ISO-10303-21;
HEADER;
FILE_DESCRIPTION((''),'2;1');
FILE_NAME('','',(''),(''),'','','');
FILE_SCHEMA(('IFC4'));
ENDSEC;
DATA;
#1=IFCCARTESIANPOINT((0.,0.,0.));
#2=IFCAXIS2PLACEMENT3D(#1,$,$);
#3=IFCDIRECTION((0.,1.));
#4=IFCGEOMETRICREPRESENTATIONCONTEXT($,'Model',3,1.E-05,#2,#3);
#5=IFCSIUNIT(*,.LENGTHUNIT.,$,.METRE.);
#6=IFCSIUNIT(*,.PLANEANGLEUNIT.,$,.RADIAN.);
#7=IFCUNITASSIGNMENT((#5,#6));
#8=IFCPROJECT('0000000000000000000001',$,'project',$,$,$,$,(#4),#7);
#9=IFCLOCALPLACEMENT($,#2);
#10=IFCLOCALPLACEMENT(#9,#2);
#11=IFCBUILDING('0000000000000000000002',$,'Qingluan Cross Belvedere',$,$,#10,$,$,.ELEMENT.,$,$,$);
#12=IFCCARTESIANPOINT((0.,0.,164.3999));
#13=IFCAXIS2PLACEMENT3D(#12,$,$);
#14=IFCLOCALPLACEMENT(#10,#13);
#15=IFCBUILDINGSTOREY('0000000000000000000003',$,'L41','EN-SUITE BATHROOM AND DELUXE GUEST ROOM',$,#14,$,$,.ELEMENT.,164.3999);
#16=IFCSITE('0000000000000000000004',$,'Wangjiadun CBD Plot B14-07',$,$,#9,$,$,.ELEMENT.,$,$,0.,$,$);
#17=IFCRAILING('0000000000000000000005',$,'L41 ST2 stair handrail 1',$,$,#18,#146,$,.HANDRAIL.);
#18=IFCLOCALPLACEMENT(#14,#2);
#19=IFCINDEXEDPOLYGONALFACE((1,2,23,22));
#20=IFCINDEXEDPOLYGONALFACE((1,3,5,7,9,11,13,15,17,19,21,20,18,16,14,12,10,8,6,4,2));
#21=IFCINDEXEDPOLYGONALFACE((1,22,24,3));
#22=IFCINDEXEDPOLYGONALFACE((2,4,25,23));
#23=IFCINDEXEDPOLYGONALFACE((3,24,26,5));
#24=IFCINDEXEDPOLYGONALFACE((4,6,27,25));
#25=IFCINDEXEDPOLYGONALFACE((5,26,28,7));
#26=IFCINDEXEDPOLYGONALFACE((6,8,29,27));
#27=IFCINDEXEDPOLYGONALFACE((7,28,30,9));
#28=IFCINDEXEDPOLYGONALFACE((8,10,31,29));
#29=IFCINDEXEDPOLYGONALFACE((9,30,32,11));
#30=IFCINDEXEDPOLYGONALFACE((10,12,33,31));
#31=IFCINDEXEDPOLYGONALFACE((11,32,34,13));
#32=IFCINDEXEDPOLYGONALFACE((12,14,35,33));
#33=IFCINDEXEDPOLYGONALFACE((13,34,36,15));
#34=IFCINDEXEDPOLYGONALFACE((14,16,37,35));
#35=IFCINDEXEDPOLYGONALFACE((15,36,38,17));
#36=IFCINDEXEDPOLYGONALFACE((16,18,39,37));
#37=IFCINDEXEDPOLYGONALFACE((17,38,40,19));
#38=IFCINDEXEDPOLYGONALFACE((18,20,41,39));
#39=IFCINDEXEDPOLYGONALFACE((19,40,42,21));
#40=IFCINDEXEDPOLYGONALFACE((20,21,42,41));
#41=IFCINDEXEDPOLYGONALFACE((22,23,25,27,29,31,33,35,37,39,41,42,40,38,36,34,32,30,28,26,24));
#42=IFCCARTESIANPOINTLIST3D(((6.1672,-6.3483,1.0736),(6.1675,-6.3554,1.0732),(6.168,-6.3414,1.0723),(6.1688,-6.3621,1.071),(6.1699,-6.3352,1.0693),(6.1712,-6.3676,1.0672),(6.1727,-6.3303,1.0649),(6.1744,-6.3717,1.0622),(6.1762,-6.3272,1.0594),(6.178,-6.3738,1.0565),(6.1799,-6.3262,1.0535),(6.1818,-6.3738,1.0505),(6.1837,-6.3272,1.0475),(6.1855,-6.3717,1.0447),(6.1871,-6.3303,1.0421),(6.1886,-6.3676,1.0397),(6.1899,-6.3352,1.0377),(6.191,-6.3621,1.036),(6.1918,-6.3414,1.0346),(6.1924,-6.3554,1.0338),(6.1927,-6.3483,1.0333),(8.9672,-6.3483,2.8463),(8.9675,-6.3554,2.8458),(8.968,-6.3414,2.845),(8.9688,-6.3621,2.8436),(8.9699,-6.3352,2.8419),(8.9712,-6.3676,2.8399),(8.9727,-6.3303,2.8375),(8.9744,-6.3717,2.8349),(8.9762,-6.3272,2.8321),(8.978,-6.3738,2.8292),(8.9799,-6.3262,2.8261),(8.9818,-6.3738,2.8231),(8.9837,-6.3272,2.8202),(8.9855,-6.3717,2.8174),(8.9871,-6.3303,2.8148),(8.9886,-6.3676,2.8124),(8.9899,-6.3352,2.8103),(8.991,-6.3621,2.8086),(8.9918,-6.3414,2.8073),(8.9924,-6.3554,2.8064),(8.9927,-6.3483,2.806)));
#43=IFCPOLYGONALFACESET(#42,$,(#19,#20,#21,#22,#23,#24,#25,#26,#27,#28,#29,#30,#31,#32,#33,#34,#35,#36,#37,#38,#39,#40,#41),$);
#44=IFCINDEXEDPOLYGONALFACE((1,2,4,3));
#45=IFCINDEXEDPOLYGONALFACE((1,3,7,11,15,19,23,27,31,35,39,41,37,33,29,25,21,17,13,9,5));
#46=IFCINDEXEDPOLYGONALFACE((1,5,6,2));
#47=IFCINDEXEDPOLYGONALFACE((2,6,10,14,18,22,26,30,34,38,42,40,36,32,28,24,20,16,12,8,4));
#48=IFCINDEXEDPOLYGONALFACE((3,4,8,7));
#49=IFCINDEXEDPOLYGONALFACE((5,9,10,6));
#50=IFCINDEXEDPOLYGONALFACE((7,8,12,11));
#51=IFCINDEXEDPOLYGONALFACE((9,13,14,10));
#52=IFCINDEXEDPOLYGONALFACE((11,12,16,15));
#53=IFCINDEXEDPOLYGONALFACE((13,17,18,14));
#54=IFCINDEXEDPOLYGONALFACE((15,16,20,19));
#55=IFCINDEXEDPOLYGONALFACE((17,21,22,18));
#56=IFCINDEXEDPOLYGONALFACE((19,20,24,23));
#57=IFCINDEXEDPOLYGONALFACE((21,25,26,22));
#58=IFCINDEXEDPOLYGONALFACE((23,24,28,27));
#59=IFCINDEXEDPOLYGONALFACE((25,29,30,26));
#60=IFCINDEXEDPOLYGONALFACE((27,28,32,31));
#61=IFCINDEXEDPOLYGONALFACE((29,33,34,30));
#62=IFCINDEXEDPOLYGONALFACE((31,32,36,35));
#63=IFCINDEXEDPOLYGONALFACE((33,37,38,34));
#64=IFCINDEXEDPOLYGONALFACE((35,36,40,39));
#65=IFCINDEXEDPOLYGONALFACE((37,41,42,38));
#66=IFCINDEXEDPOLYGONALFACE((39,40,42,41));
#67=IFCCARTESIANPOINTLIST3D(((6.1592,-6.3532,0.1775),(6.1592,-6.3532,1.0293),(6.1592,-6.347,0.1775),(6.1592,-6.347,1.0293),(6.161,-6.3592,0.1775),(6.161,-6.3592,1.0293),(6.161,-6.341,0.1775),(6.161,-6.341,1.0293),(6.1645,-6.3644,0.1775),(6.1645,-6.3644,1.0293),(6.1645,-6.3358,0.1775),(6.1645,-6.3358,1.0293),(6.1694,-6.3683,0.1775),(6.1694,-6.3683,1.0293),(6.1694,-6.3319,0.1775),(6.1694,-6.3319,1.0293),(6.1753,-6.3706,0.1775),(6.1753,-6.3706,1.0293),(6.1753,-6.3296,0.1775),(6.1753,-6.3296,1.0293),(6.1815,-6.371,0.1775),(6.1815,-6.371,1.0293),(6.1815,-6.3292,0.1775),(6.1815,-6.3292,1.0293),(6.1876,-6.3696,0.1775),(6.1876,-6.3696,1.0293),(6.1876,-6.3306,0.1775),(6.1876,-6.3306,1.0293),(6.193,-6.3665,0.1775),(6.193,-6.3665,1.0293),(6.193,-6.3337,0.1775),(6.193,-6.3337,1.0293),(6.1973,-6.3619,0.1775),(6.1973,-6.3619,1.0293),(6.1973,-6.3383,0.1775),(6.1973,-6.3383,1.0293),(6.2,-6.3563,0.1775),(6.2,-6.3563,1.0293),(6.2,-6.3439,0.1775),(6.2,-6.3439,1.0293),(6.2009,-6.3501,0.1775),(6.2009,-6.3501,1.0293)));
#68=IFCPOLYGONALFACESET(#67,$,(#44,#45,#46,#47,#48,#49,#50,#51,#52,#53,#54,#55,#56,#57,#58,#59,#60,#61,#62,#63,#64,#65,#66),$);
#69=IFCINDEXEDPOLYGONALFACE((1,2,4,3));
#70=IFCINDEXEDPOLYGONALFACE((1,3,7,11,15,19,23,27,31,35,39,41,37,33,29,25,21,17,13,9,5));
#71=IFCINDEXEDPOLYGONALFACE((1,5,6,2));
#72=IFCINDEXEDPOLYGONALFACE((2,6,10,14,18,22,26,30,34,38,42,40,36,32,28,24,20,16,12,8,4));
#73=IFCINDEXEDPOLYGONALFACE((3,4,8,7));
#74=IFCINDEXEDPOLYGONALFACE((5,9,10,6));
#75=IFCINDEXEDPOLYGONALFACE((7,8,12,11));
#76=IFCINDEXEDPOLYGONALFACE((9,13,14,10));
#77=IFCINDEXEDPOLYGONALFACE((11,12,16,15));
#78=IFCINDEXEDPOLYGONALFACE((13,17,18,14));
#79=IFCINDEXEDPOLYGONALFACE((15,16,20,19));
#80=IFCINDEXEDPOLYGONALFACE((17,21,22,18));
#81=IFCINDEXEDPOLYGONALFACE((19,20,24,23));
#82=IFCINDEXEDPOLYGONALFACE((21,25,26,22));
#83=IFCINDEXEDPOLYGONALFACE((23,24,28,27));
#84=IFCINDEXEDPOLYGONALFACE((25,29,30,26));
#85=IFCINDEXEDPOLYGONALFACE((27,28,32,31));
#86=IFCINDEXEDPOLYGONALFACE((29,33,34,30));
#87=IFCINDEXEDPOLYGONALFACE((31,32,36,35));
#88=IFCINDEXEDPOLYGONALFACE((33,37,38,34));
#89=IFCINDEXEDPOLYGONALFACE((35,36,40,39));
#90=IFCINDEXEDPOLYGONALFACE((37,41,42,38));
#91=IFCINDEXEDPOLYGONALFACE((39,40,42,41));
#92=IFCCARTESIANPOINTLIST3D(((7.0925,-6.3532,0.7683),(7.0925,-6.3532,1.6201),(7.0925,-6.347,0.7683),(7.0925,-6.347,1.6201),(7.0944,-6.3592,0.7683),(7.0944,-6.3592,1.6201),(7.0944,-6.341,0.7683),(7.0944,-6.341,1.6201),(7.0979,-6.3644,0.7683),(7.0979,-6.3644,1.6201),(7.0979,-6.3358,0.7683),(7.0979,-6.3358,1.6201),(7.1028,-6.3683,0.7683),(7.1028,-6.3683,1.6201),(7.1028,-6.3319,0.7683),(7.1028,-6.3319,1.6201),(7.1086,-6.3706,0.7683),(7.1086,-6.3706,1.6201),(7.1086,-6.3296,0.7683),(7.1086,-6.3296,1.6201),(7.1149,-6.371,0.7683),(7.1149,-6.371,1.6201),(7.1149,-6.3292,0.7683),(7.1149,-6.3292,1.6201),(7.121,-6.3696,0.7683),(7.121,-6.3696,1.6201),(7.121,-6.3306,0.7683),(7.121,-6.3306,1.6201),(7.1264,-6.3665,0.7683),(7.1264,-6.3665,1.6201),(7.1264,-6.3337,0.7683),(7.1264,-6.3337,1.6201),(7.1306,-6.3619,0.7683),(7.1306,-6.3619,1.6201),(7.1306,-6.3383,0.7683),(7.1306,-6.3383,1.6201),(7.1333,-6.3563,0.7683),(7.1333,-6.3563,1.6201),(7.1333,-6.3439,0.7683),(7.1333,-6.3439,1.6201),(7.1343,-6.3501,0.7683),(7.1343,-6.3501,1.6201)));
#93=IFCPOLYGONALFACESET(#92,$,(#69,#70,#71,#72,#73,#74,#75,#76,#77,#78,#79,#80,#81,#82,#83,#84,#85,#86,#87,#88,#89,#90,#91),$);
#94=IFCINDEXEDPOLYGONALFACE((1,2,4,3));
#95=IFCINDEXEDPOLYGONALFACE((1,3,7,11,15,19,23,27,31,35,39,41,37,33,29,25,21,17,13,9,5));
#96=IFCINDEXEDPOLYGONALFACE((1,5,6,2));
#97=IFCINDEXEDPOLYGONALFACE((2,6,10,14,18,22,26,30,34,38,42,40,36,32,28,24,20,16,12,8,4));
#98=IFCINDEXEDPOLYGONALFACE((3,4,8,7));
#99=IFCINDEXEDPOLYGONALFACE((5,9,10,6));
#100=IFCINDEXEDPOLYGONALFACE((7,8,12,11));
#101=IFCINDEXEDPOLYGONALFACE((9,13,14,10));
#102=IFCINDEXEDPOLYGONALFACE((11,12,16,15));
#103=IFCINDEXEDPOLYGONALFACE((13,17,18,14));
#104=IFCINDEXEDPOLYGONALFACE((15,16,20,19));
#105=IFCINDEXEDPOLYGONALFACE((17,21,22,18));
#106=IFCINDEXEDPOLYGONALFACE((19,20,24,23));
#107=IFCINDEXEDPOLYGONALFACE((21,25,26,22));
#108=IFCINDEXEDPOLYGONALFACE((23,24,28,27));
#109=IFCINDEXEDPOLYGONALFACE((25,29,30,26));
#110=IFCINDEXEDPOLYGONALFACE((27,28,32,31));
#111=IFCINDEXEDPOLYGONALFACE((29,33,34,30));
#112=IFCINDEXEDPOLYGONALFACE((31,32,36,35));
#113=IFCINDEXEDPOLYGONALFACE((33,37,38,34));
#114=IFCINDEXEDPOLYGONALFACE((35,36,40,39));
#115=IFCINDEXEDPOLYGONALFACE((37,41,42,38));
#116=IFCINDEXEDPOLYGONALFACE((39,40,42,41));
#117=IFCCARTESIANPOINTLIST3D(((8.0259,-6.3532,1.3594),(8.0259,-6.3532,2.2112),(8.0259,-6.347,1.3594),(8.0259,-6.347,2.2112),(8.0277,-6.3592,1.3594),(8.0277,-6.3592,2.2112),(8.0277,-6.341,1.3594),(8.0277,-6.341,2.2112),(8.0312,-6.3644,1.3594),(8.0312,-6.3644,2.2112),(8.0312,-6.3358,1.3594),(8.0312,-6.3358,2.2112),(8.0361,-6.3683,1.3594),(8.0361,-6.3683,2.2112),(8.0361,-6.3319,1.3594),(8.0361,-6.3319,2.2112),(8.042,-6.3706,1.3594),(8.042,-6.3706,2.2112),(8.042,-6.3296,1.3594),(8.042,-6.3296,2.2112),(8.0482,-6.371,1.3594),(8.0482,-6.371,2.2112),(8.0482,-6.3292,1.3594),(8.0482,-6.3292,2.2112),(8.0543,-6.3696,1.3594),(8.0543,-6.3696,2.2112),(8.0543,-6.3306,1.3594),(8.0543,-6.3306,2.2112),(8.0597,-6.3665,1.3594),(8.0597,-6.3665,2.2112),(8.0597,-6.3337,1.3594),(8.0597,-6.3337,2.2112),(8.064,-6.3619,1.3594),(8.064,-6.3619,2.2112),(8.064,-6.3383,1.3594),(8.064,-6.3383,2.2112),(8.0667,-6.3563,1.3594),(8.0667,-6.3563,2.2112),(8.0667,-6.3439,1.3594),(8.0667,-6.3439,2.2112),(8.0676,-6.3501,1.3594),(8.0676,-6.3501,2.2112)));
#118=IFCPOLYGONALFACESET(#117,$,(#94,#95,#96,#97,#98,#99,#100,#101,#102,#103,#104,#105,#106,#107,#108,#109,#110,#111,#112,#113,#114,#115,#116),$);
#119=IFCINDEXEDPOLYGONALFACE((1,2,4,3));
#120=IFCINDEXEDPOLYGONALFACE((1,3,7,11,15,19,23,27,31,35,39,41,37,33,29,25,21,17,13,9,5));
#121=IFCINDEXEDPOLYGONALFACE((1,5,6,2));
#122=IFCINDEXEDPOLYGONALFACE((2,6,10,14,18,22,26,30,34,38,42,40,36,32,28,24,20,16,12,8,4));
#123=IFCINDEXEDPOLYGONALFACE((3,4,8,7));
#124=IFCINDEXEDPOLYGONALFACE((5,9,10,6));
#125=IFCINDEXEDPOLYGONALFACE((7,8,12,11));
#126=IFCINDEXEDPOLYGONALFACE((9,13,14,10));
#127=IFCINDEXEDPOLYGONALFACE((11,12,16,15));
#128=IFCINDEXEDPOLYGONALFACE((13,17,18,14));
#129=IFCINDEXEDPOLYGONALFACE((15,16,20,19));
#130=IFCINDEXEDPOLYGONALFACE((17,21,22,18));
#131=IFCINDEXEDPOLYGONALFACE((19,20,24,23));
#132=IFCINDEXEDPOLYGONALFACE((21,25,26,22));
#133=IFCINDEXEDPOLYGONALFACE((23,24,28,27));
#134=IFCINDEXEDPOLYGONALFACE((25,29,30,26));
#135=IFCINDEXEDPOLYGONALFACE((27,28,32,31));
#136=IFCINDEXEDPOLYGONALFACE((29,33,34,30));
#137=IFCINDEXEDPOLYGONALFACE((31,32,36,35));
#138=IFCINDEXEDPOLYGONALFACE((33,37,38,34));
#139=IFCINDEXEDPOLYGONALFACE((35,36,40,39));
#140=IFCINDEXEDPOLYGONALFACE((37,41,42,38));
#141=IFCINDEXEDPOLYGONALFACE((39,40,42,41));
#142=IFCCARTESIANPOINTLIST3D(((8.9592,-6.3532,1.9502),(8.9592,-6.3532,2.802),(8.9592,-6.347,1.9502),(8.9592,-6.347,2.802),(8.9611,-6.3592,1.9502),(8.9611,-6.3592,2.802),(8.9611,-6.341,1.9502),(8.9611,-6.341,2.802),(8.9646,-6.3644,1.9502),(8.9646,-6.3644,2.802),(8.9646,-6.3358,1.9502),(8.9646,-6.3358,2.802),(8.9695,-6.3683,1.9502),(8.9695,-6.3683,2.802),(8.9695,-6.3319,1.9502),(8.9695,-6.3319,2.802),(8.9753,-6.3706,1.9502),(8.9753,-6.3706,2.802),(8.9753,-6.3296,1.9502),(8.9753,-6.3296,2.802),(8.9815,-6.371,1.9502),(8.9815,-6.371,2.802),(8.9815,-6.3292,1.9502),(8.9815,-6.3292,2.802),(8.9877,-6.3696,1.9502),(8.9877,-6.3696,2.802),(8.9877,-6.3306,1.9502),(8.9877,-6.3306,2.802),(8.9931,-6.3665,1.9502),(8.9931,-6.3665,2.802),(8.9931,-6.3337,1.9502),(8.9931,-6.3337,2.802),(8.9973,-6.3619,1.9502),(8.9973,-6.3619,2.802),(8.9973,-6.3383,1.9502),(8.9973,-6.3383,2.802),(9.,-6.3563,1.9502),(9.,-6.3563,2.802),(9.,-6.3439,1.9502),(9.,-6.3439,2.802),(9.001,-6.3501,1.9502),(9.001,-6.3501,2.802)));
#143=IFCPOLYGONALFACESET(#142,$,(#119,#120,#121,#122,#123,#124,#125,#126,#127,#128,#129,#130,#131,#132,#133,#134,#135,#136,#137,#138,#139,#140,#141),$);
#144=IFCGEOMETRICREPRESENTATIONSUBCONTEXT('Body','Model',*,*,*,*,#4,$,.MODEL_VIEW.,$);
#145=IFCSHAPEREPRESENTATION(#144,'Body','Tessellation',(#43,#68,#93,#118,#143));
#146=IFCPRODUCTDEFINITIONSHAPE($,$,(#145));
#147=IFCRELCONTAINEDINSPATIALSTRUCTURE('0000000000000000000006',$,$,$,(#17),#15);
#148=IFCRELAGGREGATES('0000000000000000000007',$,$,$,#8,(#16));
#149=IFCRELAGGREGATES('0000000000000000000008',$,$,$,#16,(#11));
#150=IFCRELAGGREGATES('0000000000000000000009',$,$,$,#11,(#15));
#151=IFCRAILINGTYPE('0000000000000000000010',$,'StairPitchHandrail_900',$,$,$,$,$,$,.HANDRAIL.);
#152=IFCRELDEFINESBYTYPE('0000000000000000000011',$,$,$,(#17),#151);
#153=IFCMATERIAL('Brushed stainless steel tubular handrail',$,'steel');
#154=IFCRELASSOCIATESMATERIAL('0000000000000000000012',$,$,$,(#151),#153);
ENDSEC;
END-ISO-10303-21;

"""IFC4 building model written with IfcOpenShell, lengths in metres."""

from ifc_helpers import new_model, si_unit, direction, frame, origin, origin_2d, place, context, subcontext, project, spatial, circle, extrude, material, type_object, element, save


model = new_model("IFC4")

# Units and contexts
model_context = context("Model", 3, precision=1e-05, world=origin(), true_north=direction((0.0, 1.0)))
body_context = subcontext(model_context, "Body", "Model", "MODEL_VIEW")
ifc_project = project(units=[si_unit("LENGTHUNIT", "METRE"), si_unit("PLANEANGLEUNIT", "RADIAN")], contexts=[model_context])

# Site, building, storey
site_placement = place(None, origin())
site = spatial("IfcSite", under=ifc_project, at=site_placement, Name="Wangjiadun CBD Plot B14-07", CompositionType="ELEMENT", RefElevation=0.0)
building_placement = place(site_placement, origin())
building = spatial("IfcBuilding", under=site, at=building_placement, Name="Qingluan Cross Belvedere", CompositionType="ELEMENT")
storey_placement = place(building_placement, frame((0.0, 0.0, 164.3999)))
storey = spatial("IfcBuildingStorey", under=building, at=storey_placement, Name="L41", Description="EN-SUITE BATHROOM AND DELUXE GUEST ROOM", CompositionType="ELEMENT", Elevation=164.3999)

# Railing
ifc_material_1 = material(Name="Brushed stainless steel tubular handrail", Category="steel")
railing_type_1 = type_object("IfcRailingType", Name="StairPitchHandrail_900", PredefinedType="HANDRAIL", material=ifc_material_1)
railing_1_placement = place(storey_placement, frame((6.1799, -6.3501, 0.1775)))
element("IfcRailing", 1, at=railing_1_placement, inside=storey, type_object=railing_type_1, Name="L41 ST2 stair handrail 1", PredefinedType="HANDRAIL", context=body_context, shape_type="SweptSolid", body=[
    extrude(circle(Radius=0.0239, at=origin_2d()), frame((0.0, 0.0, 0.876), z_axis=(0.844909, 0.0, 0.53491), x_axis=(0.0, 1.0, 0.0)), (0.0, 0.0, 1.0), 3.314),
    extrude(circle(Radius=0.021, at=origin_2d()), origin(), (0.0, 0.0, 1.0), 0.8518),
    extrude(circle(Radius=0.021, at=origin_2d()), frame((0.9333, 0.0, 0.5908)), (0.0, 0.0, 1.0), 0.8518),
    extrude(circle(Radius=0.021, at=origin_2d()), frame((1.8667, 0.0, 1.1819)), (0.0, 0.0, 1.0), 0.8518),
    extrude(circle(Radius=0.021, at=origin_2d()), frame((2.8, 0.0, 1.7727)), (0.0, 0.0, 1.0), 0.8518),
])

save(model, "model.ifc")
